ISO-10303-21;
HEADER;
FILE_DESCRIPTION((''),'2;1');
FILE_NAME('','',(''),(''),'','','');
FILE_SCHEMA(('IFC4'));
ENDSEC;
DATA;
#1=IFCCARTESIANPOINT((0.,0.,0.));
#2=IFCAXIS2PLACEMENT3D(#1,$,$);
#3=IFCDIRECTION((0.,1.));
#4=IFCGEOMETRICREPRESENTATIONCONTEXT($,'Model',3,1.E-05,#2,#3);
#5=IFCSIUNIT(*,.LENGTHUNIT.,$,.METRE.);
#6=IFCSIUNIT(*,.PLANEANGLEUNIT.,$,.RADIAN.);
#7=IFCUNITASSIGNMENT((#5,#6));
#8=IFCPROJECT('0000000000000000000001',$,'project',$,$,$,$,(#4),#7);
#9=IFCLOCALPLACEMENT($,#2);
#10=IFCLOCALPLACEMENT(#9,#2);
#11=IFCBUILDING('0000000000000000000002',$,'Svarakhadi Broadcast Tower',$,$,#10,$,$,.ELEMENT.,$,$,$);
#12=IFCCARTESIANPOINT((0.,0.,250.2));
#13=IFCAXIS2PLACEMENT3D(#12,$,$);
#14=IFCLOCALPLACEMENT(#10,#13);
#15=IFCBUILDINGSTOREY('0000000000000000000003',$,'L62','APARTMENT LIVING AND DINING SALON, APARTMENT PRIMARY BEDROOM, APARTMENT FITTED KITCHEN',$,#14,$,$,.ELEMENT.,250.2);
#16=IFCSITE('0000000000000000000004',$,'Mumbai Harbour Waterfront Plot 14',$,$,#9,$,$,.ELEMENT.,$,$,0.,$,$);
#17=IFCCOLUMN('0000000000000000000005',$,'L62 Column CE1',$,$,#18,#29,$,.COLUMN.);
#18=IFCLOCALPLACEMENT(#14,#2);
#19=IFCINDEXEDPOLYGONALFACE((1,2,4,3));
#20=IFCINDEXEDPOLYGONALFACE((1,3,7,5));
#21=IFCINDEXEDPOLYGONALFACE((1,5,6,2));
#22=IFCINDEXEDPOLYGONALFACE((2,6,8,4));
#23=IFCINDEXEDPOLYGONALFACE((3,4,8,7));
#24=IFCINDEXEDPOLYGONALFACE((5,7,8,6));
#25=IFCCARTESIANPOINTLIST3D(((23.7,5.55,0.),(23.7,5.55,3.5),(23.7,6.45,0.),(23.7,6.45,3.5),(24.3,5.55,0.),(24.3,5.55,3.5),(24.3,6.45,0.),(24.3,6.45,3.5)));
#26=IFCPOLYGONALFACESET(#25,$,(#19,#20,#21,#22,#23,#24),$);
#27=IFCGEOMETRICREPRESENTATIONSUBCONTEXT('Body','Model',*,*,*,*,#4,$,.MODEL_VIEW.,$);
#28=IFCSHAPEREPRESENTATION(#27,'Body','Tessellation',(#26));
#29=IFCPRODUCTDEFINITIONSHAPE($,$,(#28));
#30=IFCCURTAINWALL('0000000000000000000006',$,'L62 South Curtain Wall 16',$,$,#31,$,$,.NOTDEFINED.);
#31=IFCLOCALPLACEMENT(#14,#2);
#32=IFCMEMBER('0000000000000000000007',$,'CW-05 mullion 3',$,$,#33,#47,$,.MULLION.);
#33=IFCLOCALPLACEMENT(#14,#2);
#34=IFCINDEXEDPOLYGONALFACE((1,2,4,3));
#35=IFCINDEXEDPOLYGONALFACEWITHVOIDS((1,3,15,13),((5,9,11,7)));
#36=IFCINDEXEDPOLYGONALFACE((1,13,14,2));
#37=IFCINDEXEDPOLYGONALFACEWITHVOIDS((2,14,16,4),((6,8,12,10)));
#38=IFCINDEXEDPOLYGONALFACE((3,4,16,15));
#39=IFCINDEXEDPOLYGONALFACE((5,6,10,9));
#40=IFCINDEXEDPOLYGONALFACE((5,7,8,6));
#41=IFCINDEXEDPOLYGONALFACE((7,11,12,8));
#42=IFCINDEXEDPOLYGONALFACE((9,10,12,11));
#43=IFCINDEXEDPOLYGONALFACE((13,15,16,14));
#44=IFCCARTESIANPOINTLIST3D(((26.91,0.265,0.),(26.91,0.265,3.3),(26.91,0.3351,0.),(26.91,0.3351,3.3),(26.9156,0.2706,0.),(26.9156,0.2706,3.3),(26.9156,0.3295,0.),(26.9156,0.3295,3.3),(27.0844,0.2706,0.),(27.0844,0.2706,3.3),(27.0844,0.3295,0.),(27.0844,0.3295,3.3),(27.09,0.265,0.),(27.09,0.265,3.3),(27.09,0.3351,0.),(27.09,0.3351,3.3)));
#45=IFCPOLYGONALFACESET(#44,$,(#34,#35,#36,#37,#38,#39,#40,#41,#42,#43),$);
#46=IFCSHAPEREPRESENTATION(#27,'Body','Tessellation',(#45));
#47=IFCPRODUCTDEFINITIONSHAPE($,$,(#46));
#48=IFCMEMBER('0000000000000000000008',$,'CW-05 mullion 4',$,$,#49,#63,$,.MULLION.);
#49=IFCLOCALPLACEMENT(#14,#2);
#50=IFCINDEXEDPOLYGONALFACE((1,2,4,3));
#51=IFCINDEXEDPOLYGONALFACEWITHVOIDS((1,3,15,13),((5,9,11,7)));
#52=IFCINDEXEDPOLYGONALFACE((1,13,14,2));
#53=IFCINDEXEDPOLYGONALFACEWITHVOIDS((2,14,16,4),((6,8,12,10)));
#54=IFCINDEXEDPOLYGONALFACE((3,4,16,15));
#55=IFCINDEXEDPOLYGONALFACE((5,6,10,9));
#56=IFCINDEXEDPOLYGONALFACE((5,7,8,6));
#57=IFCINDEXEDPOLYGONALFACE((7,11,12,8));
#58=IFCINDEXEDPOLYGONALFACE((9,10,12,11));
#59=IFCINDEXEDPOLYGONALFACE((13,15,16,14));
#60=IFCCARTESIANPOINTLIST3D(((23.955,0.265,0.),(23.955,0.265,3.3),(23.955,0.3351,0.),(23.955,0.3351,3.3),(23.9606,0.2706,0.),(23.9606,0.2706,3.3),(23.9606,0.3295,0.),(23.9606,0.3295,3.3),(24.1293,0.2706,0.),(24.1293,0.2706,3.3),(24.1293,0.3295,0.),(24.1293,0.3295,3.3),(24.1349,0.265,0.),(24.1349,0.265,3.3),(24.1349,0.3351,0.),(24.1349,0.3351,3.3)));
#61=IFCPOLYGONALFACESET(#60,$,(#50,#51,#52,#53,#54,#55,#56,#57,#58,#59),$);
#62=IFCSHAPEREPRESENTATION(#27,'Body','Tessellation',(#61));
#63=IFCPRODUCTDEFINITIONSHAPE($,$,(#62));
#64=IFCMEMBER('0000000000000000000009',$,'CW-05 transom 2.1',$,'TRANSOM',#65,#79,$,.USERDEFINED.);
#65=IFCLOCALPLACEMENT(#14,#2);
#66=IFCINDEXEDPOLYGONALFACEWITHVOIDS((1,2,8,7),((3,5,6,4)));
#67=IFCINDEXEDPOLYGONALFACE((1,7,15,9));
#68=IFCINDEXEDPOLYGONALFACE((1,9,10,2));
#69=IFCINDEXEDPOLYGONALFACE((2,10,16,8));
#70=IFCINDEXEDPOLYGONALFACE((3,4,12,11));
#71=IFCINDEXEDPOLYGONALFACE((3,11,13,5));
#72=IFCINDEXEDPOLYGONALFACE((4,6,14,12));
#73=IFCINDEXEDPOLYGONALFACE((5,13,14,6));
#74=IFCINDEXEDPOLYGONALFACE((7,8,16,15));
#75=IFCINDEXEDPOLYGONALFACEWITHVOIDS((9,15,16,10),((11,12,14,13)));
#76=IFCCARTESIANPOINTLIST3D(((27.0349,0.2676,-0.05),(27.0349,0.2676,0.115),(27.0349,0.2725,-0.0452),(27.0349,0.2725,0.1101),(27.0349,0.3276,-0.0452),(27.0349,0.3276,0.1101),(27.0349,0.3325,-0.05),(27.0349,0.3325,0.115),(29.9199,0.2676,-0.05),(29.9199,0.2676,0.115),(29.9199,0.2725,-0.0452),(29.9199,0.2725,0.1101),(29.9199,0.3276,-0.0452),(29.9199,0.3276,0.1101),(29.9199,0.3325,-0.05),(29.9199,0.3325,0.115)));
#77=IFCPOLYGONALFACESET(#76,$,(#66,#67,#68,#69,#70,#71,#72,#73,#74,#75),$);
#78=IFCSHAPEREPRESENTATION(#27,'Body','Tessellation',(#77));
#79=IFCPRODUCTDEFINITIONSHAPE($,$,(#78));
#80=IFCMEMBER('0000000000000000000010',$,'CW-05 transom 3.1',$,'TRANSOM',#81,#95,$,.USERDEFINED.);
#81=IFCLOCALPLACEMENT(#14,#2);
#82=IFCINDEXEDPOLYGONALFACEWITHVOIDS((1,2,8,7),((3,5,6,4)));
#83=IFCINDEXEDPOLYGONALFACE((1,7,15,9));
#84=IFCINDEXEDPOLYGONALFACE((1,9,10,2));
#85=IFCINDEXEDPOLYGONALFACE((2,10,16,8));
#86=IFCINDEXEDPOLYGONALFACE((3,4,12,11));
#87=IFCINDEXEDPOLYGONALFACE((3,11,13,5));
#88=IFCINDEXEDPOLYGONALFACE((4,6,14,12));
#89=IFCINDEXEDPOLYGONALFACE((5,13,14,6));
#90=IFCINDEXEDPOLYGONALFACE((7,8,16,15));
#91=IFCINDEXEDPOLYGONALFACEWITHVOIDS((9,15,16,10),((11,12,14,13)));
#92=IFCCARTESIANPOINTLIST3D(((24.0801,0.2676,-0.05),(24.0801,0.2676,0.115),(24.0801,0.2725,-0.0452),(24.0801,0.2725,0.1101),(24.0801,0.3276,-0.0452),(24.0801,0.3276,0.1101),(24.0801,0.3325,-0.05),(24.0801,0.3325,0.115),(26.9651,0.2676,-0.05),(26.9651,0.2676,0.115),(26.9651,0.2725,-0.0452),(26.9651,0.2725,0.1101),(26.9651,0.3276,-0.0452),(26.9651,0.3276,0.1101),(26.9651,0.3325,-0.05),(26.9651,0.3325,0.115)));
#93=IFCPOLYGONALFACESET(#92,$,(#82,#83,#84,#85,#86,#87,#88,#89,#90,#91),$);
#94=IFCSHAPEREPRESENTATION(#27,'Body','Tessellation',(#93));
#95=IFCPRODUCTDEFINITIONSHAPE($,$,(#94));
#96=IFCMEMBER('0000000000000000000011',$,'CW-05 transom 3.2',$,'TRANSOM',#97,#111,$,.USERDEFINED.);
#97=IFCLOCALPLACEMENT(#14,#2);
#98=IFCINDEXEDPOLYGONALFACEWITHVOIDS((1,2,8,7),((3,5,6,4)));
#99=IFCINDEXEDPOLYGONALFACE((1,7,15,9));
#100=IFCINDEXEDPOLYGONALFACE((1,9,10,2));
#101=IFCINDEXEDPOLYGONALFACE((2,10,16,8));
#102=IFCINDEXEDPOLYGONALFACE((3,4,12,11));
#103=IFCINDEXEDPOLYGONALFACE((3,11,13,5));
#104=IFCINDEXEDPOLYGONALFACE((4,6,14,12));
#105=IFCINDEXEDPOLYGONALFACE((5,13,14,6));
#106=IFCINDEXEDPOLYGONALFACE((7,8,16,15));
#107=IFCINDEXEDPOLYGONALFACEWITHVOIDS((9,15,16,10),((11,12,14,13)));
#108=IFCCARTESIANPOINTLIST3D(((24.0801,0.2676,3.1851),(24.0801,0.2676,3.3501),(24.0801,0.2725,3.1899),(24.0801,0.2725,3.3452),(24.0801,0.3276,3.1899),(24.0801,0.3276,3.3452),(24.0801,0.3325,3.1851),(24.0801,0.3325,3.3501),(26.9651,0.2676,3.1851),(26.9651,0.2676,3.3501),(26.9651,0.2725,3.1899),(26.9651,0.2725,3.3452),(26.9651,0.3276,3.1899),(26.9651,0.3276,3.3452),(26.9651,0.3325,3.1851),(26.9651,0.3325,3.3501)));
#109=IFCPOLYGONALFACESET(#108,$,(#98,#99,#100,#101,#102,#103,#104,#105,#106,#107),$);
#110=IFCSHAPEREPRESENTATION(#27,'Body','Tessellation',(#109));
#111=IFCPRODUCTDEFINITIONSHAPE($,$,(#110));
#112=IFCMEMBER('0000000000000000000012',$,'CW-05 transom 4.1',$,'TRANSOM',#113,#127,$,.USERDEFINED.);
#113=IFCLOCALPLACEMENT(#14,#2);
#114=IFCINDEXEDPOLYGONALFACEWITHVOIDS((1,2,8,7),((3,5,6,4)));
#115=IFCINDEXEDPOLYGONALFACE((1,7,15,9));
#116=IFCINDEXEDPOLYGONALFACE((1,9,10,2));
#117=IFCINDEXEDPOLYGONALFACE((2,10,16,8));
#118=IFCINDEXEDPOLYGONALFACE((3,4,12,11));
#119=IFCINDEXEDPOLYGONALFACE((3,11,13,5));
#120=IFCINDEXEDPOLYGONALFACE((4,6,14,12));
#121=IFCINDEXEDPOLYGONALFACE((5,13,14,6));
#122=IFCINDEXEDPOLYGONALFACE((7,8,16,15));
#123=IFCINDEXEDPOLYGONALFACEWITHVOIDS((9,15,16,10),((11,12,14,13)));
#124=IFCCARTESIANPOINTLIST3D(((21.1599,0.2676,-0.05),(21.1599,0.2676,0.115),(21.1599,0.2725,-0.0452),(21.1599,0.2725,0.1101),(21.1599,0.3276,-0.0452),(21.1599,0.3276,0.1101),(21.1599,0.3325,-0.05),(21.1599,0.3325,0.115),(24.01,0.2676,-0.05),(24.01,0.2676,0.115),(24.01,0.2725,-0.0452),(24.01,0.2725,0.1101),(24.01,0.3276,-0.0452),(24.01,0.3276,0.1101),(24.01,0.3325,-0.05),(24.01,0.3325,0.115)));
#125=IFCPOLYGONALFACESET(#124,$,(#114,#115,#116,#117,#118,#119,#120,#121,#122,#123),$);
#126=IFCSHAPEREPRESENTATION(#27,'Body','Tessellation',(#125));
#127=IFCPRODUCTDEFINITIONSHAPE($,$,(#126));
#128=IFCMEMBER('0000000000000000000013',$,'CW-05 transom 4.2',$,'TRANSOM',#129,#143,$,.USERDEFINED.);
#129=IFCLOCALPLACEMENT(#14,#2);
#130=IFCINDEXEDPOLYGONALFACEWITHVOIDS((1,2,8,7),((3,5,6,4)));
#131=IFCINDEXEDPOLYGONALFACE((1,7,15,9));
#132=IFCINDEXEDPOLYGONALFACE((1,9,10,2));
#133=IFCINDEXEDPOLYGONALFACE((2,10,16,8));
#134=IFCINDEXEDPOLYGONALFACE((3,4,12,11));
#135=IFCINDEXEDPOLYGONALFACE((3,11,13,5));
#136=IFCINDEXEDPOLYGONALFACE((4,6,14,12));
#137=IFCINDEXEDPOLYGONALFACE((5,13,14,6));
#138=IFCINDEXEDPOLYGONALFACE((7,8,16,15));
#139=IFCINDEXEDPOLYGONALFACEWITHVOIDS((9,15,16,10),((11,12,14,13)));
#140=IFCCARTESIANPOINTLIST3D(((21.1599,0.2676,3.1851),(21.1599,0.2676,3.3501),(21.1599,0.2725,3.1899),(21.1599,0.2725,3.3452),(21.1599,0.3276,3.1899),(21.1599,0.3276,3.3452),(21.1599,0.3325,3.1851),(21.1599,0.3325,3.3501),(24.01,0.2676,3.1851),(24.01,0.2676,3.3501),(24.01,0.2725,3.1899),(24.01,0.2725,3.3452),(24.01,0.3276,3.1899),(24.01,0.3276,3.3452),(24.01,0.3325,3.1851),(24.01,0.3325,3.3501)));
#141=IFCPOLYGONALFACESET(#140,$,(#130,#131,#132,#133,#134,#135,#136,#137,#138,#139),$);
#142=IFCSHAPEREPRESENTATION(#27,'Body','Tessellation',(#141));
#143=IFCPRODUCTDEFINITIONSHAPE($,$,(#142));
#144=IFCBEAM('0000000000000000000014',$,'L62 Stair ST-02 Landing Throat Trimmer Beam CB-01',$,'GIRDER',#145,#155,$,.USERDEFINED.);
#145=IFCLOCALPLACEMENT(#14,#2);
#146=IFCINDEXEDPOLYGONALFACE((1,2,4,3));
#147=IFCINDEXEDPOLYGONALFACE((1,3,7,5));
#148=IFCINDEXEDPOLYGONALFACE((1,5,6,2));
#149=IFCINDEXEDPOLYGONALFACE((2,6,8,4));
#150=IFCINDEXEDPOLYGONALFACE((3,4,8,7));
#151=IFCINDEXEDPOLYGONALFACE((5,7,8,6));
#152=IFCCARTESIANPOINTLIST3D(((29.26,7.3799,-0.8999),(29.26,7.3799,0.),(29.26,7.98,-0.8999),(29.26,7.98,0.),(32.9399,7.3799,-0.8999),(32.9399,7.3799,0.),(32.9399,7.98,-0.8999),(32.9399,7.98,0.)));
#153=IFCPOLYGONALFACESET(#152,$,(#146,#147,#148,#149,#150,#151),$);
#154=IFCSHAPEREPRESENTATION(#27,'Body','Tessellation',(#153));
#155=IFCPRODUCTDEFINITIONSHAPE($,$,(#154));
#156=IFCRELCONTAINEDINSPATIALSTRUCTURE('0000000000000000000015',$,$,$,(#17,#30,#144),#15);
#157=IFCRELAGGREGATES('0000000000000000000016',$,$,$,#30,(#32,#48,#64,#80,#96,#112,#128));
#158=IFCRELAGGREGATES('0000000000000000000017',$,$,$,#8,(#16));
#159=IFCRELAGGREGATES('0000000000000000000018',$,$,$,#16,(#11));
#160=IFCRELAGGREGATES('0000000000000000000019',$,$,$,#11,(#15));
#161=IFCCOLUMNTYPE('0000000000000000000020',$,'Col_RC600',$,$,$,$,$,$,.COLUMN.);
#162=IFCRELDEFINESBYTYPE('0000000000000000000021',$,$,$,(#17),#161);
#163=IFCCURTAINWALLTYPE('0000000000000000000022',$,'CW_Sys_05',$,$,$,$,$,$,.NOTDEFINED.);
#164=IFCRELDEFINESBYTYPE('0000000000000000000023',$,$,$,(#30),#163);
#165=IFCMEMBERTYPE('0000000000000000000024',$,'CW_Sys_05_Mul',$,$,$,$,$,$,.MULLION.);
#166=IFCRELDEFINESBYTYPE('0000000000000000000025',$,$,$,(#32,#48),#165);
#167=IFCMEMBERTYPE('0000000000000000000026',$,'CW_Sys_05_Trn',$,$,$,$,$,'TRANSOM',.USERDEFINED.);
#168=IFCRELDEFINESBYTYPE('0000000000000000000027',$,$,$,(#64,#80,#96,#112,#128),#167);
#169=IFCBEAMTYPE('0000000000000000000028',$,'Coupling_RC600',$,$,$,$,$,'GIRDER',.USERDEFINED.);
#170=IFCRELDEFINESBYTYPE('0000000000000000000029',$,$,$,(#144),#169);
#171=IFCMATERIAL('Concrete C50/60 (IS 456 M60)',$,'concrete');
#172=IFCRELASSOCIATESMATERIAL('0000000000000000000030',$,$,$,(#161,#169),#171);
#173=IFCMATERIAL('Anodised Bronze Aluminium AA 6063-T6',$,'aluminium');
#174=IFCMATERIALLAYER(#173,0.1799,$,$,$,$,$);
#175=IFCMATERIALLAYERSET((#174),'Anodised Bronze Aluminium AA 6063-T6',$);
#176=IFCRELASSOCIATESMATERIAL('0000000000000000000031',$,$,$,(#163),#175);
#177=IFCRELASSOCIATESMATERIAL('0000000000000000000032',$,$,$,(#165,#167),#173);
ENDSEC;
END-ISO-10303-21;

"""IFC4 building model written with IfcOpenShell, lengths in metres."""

from ifc_helpers import new_model, si_unit, direction, frame, origin, origin_2d, place, context, subcontext, project, spatial, rectangle, hollow_rectangle, extrude, material, layer, layer_set, material_profile, profile_set, type_object, element, aggregate, save


model = new_model("IFC4")

# Units and contexts
model_context = context("Model", 3, precision=1e-05, world=origin(), true_north=direction((0.0, 1.0)))
body_context = subcontext(model_context, "Body", "Model", "MODEL_VIEW")
ifc_project = project(units=[si_unit("LENGTHUNIT", "METRE"), si_unit("PLANEANGLEUNIT", "RADIAN")], contexts=[model_context])

# Site, building, storey
site_placement = place(None, origin())
site = spatial("IfcSite", under=ifc_project, at=site_placement, Name="Mumbai Harbour Waterfront Plot 14", CompositionType="ELEMENT", RefElevation=0.0)
building_placement = place(site_placement, origin())
building = spatial("IfcBuilding", under=site, at=building_placement, Name="Svarakhadi Broadcast Tower", CompositionType="ELEMENT")
storey_placement = place(building_placement, frame((0.0, 0.0, 250.2)))
storey = spatial("IfcBuildingStorey", under=building, at=storey_placement, Name="L62", Description="APARTMENT LIVING AND DINING SALON, APARTMENT PRIMARY BEDROOM, APARTMENT FITTED KITCHEN", CompositionType="ELEMENT", Elevation=250.2)

# Column
ifc_material_1 = material(Name="Concrete C50/60 (IS 456 M60)", Category="concrete")
ifc_material_profile_1 = material_profile(ifc_material_1, rectangle(XDim=0.6001, YDim=0.8999, at=origin_2d()), Name="RC 600x900")
ifc_profile_set_1 = profile_set([ifc_material_profile_1], Name="Concrete C50/60 (IS 456 M60)")
column_type = type_object("IfcColumnType", Name="Col_RC600", PredefinedType="COLUMN", material=ifc_profile_set_1)
column_placement = place(storey_placement, frame((24.0, 6.0, 0.0), z_axis=(0.0, 0.0, 1.0), x_axis=(1.0, 0.0, 0.0)))
element("IfcColumn", 1, at=column_placement, inside=storey, type_object=column_type, Name="L62 Column CE1", PredefinedType="COLUMN", context=body_context, shape_type="SweptSolid", body=[
    extrude(rectangle(XDim=0.6001, YDim=0.8999, at=origin_2d()), origin(), (0.0, 0.0, 1.0), 3.5),
])

# Curtain wall, members
ifc_material_2 = material(Name="Anodised Bronze Aluminium AA 6063-T6", Category="aluminium")
ifc_layer_1 = layer(ifc_material_2, 0.1799)
ifc_layer_set_1 = layer_set([ifc_layer_1], Name="Anodised Bronze Aluminium AA 6063-T6")
curtain_wall_type = type_object("IfcCurtainWallType", Name="CW_Sys_05", PredefinedType="NOTDEFINED", material=ifc_layer_set_1)
curtain_wall_placement = place(storey_placement, origin())
curtain_wall = element("IfcCurtainWall", 2, at=curtain_wall_placement, inside=storey, type_object=curtain_wall_type, Name="L62 South Curtain Wall 16", PredefinedType="NOTDEFINED")
ifc_material_profile_2 = material_profile(ifc_material_2, hollow_rectangle(XDim=0.0701, YDim=0.1799, WallThickness=0.0056, at=origin_2d()), Name="ALU MULLION 180x70x6")
ifc_profile_set_2 = profile_set([ifc_material_profile_2], Name="Anodised Bronze Aluminium AA 6063-T6")
member_type_1 = type_object("IfcMemberType", Name="CW_Sys_05_Mul", PredefinedType="MULLION", material=ifc_profile_set_2)
member_1_placement = place(storey_placement, frame((27.0, 0.3, 0.0), z_axis=(0.0, 0.0, 1.0), x_axis=(0.0, -1.0, 0.0)))
member_1 = element("IfcMember", 3, at=member_1_placement, type_object=member_type_1, Name="CW-05 mullion 3", PredefinedType="MULLION", context=body_context, shape_type="SweptSolid", body=[
    extrude(hollow_rectangle(XDim=0.0701, YDim=0.1799, WallThickness=0.0056, at=origin_2d()), origin(), (0.0, 0.0, 1.0), 3.3),
])
member_2_placement = place(storey_placement, frame((24.0449, 0.3, 0.0), z_axis=(0.0, 0.0, 1.0), x_axis=(0.0, -1.0, 0.0)))
member_2 = element("IfcMember", 4, at=member_2_placement, type_object=member_type_1, Name="CW-05 mullion 4", PredefinedType="MULLION", context=body_context, shape_type="SweptSolid", body=[
    extrude(hollow_rectangle(XDim=0.0701, YDim=0.1799, WallThickness=0.0056, at=origin_2d()), origin(), (0.0, 0.0, 1.0), 3.3),
])
ifc_material_profile_3 = material_profile(ifc_material_2, hollow_rectangle(XDim=0.0649, YDim=0.165, WallThickness=0.0049, at=origin_2d()), Name="ALU TRANSOM 165x65x5")
ifc_profile_set_3 = profile_set([ifc_material_profile_3], Name="Anodised Bronze Aluminium AA 6063-T6")
member_type_2 = type_object("IfcMemberType", Name="CW_Sys_05_Trn", ElementType="TRANSOM", PredefinedType="USERDEFINED", material=ifc_profile_set_3)
member_3_placement = place(storey_placement, frame((29.9199, 0.3, 0.0325), z_axis=(-1.0, 0.0, 0.0), x_axis=(0.0, -1.0, 0.0)))
member_3 = element("IfcMember", 5, at=member_3_placement, type_object=member_type_2, Name="CW-05 transom 2.1", ObjectType="TRANSOM", PredefinedType="USERDEFINED", context=body_context, shape_type="SweptSolid", body=[
    extrude(hollow_rectangle(XDim=0.0649, YDim=0.165, WallThickness=0.0049, at=origin_2d()), origin(), (0.0, 0.0, 1.0), 2.885),
])
member_4_placement = place(storey_placement, frame((26.9651, 0.3, 0.0325), z_axis=(-1.0, 0.0, 0.0), x_axis=(0.0, -1.0, 0.0)))
member_4 = element("IfcMember", 6, at=member_4_placement, type_object=member_type_2, Name="CW-05 transom 3.1", ObjectType="TRANSOM", PredefinedType="USERDEFINED", context=body_context, shape_type="SweptSolid", body=[
    extrude(hollow_rectangle(XDim=0.0649, YDim=0.165, WallThickness=0.0049, at=origin_2d()), origin(), (0.0, 0.0, 1.0), 2.885),
])
member_5_placement = place(storey_placement, frame((26.9651, 0.3, 3.2676), z_axis=(-1.0, 0.0, 0.0), x_axis=(0.0, -1.0, 0.0)))
member_5 = element("IfcMember", 7, at=member_5_placement, type_object=member_type_2, Name="CW-05 transom 3.2", ObjectType="TRANSOM", PredefinedType="USERDEFINED", context=body_context, shape_type="SweptSolid", body=[
    extrude(hollow_rectangle(XDim=0.0649, YDim=0.165, WallThickness=0.0049, at=origin_2d()), origin(), (0.0, 0.0, 1.0), 2.885),
])
member_6_placement = place(storey_placement, frame((24.01, 0.3, 0.0325), z_axis=(-1.0, 0.0, 0.0), x_axis=(0.0, -1.0, 0.0)))
member_6 = element("IfcMember", 8, at=member_6_placement, type_object=member_type_2, Name="CW-05 transom 4.1", ObjectType="TRANSOM", PredefinedType="USERDEFINED", context=body_context, shape_type="SweptSolid", body=[
    extrude(hollow_rectangle(XDim=0.0649, YDim=0.165, WallThickness=0.0049, at=origin_2d()), origin(), (0.0, 0.0, 1.0), 2.8501),
])
member_7_placement = place(storey_placement, frame((24.01, 0.3, 3.2676), z_axis=(-1.0, 0.0, 0.0), x_axis=(0.0, -1.0, 0.0)))
member_7 = element("IfcMember", 9, at=member_7_placement, type_object=member_type_2, Name="CW-05 transom 4.2", ObjectType="TRANSOM", PredefinedType="USERDEFINED", context=body_context, shape_type="SweptSolid", body=[
    extrude(hollow_rectangle(XDim=0.0649, YDim=0.165, WallThickness=0.0049, at=origin_2d()), origin(), (0.0, 0.0, 1.0), 2.8501),
])

# Beam
ifc_material_profile_4 = material_profile(ifc_material_1, rectangle(XDim=0.6001, YDim=0.8999, at=origin_2d()), Name="RC 600x900")
ifc_profile_set_4 = profile_set([ifc_material_profile_4], Name="Concrete C50/60 (IS 456 M60)")
beam_type_1 = type_object("IfcBeamType", Name="Coupling_RC600", ElementType="GIRDER", PredefinedType="USERDEFINED", material=ifc_profile_set_4)
beam_1_placement = place(storey_placement, frame((29.26, 7.6799, -0.45), z_axis=(1.0, 0.0, 0.0), x_axis=(0.0, 1.0, 0.0)))
element("IfcBeam", 10, at=beam_1_placement, inside=storey, type_object=beam_type_1, Name="L62 Stair ST-02 Landing Throat Trimmer Beam CB-01", ObjectType="GIRDER", PredefinedType="USERDEFINED", context=body_context, shape_type="SweptSolid", body=[
    extrude(rectangle(XDim=0.6001, YDim=0.8999, at=origin_2d()), origin(), (0.0, 0.0, 1.0), 3.6799),
])

aggregate(curtain_wall, [member_1, member_2, member_3, member_4, member_5, member_6, member_7])

save(model, "model.ifc")
